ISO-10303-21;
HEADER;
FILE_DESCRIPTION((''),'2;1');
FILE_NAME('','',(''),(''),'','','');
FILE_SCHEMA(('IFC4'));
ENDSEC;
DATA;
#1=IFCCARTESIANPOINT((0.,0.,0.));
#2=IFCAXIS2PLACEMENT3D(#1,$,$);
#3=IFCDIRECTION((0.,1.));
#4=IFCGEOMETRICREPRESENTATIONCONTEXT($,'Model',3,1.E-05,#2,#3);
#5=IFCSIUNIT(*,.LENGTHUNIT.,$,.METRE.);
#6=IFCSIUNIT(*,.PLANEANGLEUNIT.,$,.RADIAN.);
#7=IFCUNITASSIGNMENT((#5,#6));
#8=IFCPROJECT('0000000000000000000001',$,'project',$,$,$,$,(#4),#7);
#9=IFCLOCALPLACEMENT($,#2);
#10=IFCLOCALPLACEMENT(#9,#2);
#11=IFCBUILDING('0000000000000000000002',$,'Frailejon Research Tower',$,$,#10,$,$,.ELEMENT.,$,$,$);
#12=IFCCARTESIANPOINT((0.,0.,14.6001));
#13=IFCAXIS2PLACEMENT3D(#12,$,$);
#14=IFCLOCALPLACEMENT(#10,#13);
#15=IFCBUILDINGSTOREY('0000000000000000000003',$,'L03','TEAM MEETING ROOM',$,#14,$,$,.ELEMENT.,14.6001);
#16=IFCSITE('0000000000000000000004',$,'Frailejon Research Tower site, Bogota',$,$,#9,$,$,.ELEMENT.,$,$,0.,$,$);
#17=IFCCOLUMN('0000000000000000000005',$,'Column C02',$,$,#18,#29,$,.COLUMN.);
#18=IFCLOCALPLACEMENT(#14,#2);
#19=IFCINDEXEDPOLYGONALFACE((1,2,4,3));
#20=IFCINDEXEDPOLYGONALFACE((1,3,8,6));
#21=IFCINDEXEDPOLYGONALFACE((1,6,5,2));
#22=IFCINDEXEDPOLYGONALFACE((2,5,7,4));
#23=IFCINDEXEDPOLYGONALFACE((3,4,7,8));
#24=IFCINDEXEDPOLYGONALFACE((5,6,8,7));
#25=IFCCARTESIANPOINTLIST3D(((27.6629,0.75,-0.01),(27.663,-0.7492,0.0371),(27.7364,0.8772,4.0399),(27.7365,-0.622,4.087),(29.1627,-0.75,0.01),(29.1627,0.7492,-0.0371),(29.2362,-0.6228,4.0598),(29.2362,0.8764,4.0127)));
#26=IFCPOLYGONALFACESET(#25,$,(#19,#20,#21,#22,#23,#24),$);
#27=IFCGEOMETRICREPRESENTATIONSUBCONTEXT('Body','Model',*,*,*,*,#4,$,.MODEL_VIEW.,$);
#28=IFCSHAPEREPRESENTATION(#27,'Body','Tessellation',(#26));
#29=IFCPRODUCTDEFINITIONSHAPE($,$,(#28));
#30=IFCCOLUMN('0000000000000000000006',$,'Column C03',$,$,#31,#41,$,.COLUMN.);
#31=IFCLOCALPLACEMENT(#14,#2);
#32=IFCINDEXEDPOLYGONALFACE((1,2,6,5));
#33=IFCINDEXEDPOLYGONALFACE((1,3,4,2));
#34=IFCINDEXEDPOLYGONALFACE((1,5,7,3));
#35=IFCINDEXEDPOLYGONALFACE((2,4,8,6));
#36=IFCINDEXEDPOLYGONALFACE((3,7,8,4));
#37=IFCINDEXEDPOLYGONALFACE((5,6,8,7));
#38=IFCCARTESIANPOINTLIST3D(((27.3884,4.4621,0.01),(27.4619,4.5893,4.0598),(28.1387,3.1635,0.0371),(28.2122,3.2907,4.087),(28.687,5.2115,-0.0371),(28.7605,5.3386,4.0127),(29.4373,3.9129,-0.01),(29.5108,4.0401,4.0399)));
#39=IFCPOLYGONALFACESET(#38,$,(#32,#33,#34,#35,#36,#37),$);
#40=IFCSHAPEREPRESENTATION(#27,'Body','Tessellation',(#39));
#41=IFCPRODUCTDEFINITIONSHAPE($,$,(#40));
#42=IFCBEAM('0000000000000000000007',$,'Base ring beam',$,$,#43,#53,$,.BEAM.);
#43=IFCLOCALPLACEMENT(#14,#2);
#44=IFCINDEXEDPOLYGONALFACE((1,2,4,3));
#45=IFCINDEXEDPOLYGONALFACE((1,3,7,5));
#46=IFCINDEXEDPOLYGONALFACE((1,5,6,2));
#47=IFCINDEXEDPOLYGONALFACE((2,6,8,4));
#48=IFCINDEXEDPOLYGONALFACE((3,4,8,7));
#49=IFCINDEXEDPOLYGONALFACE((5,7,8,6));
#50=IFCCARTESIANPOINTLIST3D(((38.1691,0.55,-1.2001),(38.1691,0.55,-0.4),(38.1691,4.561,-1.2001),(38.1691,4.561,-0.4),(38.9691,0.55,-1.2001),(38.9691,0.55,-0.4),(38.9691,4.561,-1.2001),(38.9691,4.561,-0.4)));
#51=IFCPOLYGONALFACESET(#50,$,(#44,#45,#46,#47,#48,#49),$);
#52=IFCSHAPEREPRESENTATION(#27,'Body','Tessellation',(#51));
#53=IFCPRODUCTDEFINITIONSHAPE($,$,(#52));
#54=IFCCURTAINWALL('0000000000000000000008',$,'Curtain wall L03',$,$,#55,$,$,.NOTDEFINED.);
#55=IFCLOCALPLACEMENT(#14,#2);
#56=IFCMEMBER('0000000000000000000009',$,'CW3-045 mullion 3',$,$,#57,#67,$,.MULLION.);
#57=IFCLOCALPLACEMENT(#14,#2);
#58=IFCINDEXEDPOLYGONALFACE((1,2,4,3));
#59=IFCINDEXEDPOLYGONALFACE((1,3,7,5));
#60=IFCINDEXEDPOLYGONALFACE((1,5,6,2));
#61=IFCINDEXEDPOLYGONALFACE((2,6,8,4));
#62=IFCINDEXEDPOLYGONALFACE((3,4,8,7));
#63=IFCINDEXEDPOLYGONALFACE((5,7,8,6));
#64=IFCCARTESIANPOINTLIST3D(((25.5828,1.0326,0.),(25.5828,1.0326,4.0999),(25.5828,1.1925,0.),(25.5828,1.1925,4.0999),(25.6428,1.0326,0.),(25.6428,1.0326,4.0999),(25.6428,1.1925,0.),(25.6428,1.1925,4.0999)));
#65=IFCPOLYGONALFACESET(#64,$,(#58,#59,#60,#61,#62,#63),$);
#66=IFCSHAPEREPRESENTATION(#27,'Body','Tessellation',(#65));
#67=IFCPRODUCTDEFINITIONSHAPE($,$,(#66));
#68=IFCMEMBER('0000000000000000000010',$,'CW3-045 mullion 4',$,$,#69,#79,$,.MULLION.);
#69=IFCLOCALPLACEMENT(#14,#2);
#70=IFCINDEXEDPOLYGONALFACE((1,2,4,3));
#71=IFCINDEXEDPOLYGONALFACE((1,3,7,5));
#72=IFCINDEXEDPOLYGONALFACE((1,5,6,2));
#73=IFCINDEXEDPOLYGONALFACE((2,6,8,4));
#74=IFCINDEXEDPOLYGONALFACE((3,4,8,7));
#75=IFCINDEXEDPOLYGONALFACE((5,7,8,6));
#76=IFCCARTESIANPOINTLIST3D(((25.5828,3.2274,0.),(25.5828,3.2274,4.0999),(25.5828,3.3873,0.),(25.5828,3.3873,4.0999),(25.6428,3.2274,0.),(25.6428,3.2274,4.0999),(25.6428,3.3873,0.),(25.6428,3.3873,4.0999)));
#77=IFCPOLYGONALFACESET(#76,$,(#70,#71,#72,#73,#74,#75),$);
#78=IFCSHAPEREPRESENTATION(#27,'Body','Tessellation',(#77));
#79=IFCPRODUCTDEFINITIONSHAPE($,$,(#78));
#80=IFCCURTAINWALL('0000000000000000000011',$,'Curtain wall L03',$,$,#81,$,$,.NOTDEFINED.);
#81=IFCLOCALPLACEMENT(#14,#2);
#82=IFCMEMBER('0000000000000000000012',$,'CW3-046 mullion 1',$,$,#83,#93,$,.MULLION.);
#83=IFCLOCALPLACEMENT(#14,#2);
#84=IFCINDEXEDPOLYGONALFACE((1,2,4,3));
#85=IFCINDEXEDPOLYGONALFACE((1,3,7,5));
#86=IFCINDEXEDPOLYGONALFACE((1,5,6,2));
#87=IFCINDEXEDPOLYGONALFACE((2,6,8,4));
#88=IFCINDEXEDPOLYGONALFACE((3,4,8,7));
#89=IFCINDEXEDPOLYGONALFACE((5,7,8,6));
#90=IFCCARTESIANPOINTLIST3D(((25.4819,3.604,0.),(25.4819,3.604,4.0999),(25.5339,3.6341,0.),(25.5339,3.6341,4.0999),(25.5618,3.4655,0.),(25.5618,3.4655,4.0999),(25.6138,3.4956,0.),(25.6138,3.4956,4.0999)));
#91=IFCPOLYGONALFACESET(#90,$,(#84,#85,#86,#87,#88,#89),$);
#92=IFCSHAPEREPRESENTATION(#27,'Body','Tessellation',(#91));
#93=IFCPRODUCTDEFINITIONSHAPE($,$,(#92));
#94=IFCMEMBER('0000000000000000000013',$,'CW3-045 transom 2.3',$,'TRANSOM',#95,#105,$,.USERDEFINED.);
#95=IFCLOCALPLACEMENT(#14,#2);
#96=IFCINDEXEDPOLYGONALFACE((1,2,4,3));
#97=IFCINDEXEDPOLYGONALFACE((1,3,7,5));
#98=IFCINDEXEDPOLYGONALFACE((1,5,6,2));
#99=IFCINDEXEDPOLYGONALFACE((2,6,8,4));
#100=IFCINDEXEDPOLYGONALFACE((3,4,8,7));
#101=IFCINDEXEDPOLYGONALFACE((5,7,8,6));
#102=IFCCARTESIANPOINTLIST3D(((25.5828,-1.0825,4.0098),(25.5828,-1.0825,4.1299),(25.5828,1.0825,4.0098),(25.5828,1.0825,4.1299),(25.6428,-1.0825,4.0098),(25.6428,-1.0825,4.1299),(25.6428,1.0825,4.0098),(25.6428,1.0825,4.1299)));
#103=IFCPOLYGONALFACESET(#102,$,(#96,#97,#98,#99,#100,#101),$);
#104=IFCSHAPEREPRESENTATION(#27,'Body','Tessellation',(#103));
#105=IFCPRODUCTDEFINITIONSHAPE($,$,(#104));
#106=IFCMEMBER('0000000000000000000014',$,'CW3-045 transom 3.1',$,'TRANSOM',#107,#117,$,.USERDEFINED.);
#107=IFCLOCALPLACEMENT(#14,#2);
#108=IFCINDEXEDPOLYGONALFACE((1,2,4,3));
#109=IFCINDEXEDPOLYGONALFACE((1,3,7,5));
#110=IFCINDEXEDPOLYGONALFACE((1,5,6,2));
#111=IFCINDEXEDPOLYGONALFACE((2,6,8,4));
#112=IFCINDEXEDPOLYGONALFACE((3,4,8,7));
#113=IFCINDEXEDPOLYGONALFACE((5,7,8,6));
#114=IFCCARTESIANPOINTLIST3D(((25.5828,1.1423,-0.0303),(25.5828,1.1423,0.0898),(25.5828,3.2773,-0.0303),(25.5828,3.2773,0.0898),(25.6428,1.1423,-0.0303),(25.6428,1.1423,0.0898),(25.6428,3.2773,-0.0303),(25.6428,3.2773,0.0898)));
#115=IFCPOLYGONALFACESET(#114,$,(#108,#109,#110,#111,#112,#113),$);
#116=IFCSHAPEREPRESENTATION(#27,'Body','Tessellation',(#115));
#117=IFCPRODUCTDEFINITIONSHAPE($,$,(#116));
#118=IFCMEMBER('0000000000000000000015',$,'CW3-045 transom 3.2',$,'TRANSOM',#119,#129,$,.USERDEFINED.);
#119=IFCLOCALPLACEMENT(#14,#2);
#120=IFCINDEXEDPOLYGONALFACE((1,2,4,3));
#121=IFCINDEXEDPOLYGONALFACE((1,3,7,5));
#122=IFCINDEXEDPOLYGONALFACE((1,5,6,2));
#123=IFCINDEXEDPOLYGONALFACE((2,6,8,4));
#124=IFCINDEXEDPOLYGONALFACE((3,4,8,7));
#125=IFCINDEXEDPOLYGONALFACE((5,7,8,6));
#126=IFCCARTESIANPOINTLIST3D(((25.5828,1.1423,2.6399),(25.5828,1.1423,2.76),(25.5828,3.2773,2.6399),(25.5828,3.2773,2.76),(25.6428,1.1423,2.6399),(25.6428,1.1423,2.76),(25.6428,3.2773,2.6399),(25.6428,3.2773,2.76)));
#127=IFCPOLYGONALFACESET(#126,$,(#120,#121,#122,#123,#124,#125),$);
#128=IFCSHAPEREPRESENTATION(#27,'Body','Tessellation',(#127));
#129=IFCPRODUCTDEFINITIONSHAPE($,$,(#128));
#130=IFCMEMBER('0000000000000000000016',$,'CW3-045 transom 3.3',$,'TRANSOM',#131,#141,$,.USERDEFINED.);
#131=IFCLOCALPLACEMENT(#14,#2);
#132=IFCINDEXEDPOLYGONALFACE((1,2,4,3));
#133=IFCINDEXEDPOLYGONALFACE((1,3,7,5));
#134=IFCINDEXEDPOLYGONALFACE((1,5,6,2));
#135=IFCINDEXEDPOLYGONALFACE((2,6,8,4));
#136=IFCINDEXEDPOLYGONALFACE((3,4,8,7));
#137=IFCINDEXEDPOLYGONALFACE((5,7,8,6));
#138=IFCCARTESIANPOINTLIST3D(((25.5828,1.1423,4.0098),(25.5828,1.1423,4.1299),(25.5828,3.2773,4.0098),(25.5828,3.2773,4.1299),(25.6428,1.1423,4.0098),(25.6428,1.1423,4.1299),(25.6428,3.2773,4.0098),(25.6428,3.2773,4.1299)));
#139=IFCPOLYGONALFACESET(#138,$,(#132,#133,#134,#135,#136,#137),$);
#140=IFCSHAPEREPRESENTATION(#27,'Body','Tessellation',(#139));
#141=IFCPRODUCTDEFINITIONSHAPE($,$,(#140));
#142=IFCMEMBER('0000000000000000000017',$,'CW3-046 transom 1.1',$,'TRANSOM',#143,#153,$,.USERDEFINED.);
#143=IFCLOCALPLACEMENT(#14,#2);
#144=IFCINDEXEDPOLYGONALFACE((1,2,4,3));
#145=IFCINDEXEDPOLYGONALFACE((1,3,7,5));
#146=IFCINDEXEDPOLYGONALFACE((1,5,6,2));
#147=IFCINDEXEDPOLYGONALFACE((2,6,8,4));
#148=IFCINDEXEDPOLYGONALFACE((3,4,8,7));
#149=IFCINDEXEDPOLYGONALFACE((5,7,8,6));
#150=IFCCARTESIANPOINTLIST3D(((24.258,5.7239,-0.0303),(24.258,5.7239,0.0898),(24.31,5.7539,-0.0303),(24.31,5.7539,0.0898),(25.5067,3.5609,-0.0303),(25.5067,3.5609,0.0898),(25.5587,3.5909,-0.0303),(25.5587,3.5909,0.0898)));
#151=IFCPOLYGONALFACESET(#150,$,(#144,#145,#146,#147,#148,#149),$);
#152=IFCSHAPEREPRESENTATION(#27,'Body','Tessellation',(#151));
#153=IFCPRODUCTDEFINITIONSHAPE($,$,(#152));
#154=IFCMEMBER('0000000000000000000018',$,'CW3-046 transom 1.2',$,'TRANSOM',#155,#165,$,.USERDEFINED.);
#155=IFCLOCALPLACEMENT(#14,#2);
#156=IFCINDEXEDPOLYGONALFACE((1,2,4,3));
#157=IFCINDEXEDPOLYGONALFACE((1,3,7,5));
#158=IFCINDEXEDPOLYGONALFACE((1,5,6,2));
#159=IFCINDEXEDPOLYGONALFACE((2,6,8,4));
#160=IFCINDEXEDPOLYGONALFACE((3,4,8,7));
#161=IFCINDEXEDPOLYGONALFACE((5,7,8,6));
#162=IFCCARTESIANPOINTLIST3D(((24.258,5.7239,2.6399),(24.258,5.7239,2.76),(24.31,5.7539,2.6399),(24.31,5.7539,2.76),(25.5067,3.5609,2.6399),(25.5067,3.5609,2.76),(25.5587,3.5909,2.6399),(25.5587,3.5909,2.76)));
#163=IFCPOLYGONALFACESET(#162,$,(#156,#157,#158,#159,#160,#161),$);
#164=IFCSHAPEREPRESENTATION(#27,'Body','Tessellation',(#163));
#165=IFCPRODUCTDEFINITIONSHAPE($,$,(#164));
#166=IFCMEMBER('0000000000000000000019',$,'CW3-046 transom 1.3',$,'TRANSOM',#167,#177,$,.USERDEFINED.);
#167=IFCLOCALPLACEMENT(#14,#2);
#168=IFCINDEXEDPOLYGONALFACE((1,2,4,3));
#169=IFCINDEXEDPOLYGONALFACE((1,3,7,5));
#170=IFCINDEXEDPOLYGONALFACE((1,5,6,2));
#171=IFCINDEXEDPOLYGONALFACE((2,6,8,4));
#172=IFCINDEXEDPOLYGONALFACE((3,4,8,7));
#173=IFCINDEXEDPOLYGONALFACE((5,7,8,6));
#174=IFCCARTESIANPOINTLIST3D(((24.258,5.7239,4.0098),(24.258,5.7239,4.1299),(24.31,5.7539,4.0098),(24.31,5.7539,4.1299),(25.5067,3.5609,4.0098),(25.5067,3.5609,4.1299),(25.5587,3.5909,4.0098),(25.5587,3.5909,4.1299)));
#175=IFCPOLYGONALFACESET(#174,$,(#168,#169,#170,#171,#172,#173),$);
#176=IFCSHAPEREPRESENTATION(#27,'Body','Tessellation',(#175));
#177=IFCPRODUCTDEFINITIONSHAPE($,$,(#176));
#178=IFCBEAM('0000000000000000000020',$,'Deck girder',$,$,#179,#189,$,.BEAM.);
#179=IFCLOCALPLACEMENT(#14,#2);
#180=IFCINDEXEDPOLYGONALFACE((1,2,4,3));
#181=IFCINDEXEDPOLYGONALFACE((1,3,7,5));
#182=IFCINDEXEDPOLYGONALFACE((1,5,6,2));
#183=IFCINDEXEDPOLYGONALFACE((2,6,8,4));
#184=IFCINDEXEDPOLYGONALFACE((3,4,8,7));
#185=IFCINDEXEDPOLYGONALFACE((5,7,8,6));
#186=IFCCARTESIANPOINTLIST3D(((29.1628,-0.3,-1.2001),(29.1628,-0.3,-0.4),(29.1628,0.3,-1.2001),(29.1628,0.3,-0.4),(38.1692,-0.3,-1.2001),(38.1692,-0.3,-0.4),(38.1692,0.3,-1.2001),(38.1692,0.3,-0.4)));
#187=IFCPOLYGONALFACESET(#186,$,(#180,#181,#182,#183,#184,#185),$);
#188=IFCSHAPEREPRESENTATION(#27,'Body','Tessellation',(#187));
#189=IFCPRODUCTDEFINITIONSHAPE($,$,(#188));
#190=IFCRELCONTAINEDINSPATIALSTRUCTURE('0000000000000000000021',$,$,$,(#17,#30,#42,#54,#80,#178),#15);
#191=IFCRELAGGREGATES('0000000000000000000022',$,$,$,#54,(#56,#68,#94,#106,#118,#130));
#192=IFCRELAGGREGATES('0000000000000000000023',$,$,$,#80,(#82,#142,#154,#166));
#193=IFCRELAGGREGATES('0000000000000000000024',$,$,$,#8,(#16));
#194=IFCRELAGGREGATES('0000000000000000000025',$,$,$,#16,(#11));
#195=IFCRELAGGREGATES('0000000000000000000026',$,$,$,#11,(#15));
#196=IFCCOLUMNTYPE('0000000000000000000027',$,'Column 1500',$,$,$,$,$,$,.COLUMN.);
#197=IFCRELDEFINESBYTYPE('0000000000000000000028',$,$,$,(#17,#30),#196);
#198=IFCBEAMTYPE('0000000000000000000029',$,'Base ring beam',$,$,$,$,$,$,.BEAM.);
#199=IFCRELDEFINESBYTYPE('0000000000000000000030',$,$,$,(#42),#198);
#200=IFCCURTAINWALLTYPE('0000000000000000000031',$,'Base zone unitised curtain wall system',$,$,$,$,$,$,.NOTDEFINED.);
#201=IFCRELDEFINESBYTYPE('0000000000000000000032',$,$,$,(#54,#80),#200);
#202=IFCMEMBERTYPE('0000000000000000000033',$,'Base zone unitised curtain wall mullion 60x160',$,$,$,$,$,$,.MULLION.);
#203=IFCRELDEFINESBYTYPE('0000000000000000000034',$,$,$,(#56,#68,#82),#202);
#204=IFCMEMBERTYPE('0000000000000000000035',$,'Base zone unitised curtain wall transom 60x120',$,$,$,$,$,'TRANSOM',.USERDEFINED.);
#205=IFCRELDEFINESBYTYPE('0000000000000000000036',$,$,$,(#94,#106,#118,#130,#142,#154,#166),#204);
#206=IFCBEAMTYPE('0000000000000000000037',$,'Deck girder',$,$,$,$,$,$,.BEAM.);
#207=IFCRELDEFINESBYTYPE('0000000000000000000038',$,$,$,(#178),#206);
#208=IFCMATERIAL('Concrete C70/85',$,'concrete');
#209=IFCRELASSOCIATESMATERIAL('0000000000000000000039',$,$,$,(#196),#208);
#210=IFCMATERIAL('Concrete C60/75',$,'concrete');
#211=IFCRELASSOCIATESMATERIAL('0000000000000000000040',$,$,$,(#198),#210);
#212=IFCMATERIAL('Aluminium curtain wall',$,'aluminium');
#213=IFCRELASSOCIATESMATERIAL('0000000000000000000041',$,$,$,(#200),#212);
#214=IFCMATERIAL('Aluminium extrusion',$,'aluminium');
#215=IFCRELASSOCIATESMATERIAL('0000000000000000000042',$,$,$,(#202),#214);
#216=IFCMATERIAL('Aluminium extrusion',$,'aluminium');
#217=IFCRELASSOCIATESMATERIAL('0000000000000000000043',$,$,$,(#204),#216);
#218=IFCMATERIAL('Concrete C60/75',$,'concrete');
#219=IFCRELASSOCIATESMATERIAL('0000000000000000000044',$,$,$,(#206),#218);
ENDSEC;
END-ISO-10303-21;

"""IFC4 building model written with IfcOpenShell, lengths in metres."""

from ifc_helpers import new_model, si_unit, direction, frame, origin, origin_2d, place, context, subcontext, project, spatial, rectangle, extrude, material, material_profile, profile_set, type_object, element, aggregate, save


model = new_model("IFC4")

# Units and contexts
model_context = context("Model", 3, precision=1e-05, world=origin(), true_north=direction((0.0, 1.0)))
body_context = subcontext(model_context, "Body", "Model", "MODEL_VIEW")
ifc_project = project(units=[si_unit("LENGTHUNIT", "METRE"), si_unit("PLANEANGLEUNIT", "RADIAN")], contexts=[model_context])

# Site, building, storey
site_placement = place(None, origin())
site = spatial("IfcSite", under=ifc_project, at=site_placement, Name="Frailejon Research Tower site, Bogota", CompositionType="ELEMENT", RefElevation=0.0)
building_placement = place(site_placement, origin())
building = spatial("IfcBuilding", under=site, at=building_placement, Name="Frailejon Research Tower", CompositionType="ELEMENT")
storey_placement = place(building_placement, frame((0.0, 0.0, 14.6001)))
storey = spatial("IfcBuildingStorey", under=building, at=storey_placement, Name="L03", Description="TEAM MEETING ROOM", CompositionType="ELEMENT", Elevation=14.6001)

# Columns
ifc_material_1 = material(Name="Concrete C70/85", Category="concrete")
ifc_material_profile_1 = material_profile(ifc_material_1, rectangle(XDim=1.5, YDim=1.5, at=origin_2d()), Name="Column 1500")
ifc_profile_set_1 = profile_set([ifc_material_profile_1], Name="Concrete C70/85")
column_type = type_object("IfcColumnType", Name="Column 1500", PredefinedType="COLUMN", material=ifc_profile_set_1)
for number, where, z_axis, x_axis, name in (
    (1, (28.4128, 0.0, 0.0), (0.018134, 0.031388, 0.999343), (-0.000022, 0.999507, -0.031392), "Column C02"),
    (2, (28.4128, 4.1875, 0.0), (0.018134, 0.031388, 0.999343), (-0.500209, 0.865715, -0.018114), "Column C03"),
):
    element("IfcColumn", number, at=place(storey_placement, frame(where, z_axis=z_axis, x_axis=x_axis)), inside=storey, type_object=column_type, Name=name, PredefinedType="COLUMN", context=body_context, shape_type="SweptSolid", body=[
        extrude(rectangle(XDim=1.5, YDim=1.5, at=origin_2d()), origin(), (0.0, 0.0, 1.0), 4.0525),
    ])

# Beam
ifc_material_2 = material(Name="Concrete C60/75", Category="concrete")
ifc_material_profile_2 = material_profile(ifc_material_2, rectangle(XDim=0.8, YDim=0.8, at=origin_2d()), Name="Base ring beam")
ifc_profile_set_2 = profile_set([ifc_material_profile_2], Name="Concrete C60/75")
beam_type_1 = type_object("IfcBeamType", Name="Base ring beam", PredefinedType="BEAM", material=ifc_profile_set_2)
beam_1_placement = place(storey_placement, frame((38.5691, 0.55, -0.8), z_axis=(0.0, 1.0, 0.0), x_axis=(-1.0, 0.0, 0.0)))
element("IfcBeam", 3, at=beam_1_placement, inside=storey, type_object=beam_type_1, Name="Base ring beam", PredefinedType="BEAM", context=body_context, shape_type="SweptSolid", body=[
    extrude(rectangle(XDim=0.8, YDim=0.8, at=origin_2d()), origin(), (0.0, 0.0, 1.0), 4.011),
])

# Curtain wall, members
ifc_material_3 = material(Name="Aluminium curtain wall", Category="aluminium")
curtain_wall_type = type_object("IfcCurtainWallType", Name="Base zone unitised curtain wall system", PredefinedType="NOTDEFINED", material=ifc_material_3)
curtain_wall_1_placement = place(storey_placement, origin())
curtain_wall_1 = element("IfcCurtainWall", 4, at=curtain_wall_1_placement, inside=storey, type_object=curtain_wall_type, Name="Curtain wall L03", PredefinedType="NOTDEFINED")
ifc_material_4 = material(Name="Aluminium extrusion", Category="aluminium")
ifc_material_profile_3 = material_profile(ifc_material_4, rectangle(XDim=0.0601, YDim=0.1599, at=origin_2d()), Name="Base zone unitised curtain wall mullion 60x160")
ifc_profile_set_3 = profile_set([ifc_material_profile_3], Name="Aluminium extrusion")
member_type_1 = type_object("IfcMemberType", Name="Base zone unitised curtain wall mullion 60x160", PredefinedType="MULLION", material=ifc_profile_set_3)
member_1_placement = place(storey_placement, frame((25.6128, 1.1125, 0.0), z_axis=(0.0, 0.0, 1.0), x_axis=(-1.0, 0.0, 0.0)))
member_1 = element("IfcMember", 5, at=member_1_placement, type_object=member_type_1, Name="CW3-045 mullion 3", PredefinedType="MULLION", context=body_context, shape_type="SweptSolid", body=[
    extrude(rectangle(XDim=0.0601, YDim=0.1599, at=origin_2d()), origin(), (0.0, 0.0, 1.0), 4.0999),
])
member_2_placement = place(storey_placement, frame((25.6128, 3.3074, 0.0), z_axis=(0.0, 0.0, 1.0), x_axis=(-1.0, 0.0, 0.0)))
member_2 = element("IfcMember", 6, at=member_2_placement, type_object=member_type_1, Name="CW3-045 mullion 4", PredefinedType="MULLION", context=body_context, shape_type="SweptSolid", body=[
    extrude(rectangle(XDim=0.0601, YDim=0.1599, at=origin_2d()), origin(), (0.0, 0.0, 1.0), 4.0999),
])

# Curtain wall, member
curtain_wall_2_placement = place(storey_placement, origin())
curtain_wall_2 = element("IfcCurtainWall", 7, at=curtain_wall_2_placement, inside=storey, type_object=curtain_wall_type, Name="Curtain wall L03", PredefinedType="NOTDEFINED")
member_3_placement = place(storey_placement, frame((25.5479, 3.5498, 0.0), z_axis=(0.0, 0.0, 1.0), x_axis=(-0.866029, -0.499993, 0.0)))
member_3 = element("IfcMember", 8, at=member_3_placement, type_object=member_type_1, Name="CW3-046 mullion 1", PredefinedType="MULLION", context=body_context, shape_type="SweptSolid", body=[
    extrude(rectangle(XDim=0.0601, YDim=0.1599, at=origin_2d()), origin(), (0.0, 0.0, 1.0), 4.0999),
])

# Members
ifc_material_5 = material(Name="Aluminium extrusion", Category="aluminium")
ifc_material_profile_4 = material_profile(ifc_material_5, rectangle(XDim=0.0601, YDim=0.1201, at=origin_2d()), Name="Base zone unitised curtain wall transom 60x120")
ifc_profile_set_4 = profile_set([ifc_material_profile_4], Name="Aluminium extrusion")
member_type_2 = type_object("IfcMemberType", Name="Base zone unitised curtain wall transom 60x120", ElementType="TRANSOM", PredefinedType="USERDEFINED", material=ifc_profile_set_4)
member_4_placement = place(storey_placement, frame((25.6128, -1.0825, 4.0698), z_axis=(0.0, 1.0, 0.0), x_axis=(-1.0, 0.0, 0.0)))
member_4 = element("IfcMember", 9, at=member_4_placement, type_object=member_type_2, Name="CW3-045 transom 2.3", ObjectType="TRANSOM", PredefinedType="USERDEFINED", context=body_context, shape_type="SweptSolid", body=[
    extrude(rectangle(XDim=0.0601, YDim=0.1201, at=origin_2d()), origin(), (0.0, 0.0, 1.0), 2.165),
])
member_5_placement = place(storey_placement, frame((25.6128, 1.1423, 0.0298), z_axis=(0.0, 1.0, 0.0), x_axis=(-1.0, 0.0, 0.0)))
member_5 = element("IfcMember", 10, at=member_5_placement, type_object=member_type_2, Name="CW3-045 transom 3.1", ObjectType="TRANSOM", PredefinedType="USERDEFINED", context=body_context, shape_type="SweptSolid", body=[
    extrude(rectangle(XDim=0.0601, YDim=0.1201, at=origin_2d()), origin(), (0.0, 0.0, 1.0), 2.135),
])
member_6_placement = place(storey_placement, frame((25.6128, 1.1423, 2.7), z_axis=(0.0, 1.0, 0.0), x_axis=(-1.0, 0.0, 0.0)))
member_6 = element("IfcMember", 11, at=member_6_placement, type_object=member_type_2, Name="CW3-045 transom 3.2", ObjectType="TRANSOM", PredefinedType="USERDEFINED", context=body_context, shape_type="SweptSolid", body=[
    extrude(rectangle(XDim=0.0601, YDim=0.1201, at=origin_2d()), origin(), (0.0, 0.0, 1.0), 2.135),
])
member_7_placement = place(storey_placement, frame((25.6128, 1.1423, 4.0698), z_axis=(0.0, 1.0, 0.0), x_axis=(-1.0, 0.0, 0.0)))
member_7 = element("IfcMember", 12, at=member_7_placement, type_object=member_type_2, Name="CW3-045 transom 3.3", ObjectType="TRANSOM", PredefinedType="USERDEFINED", context=body_context, shape_type="SweptSolid", body=[
    extrude(rectangle(XDim=0.0601, YDim=0.1201, at=origin_2d()), origin(), (0.0, 0.0, 1.0), 2.135),
])
member_8_placement = place(storey_placement, frame((25.5327, 3.5759, 0.0298), z_axis=(-0.499976, 0.866039, 0.0), x_axis=(-0.866039, -0.499976, 0.0)))
member_8 = element("IfcMember", 13, at=member_8_placement, type_object=member_type_2, Name="CW3-046 transom 1.1", ObjectType="TRANSOM", PredefinedType="USERDEFINED", context=body_context, shape_type="SweptSolid", body=[
    extrude(rectangle(XDim=0.0601, YDim=0.1201, at=origin_2d()), origin(), (0.0, 0.0, 1.0), 2.4976),
])
member_9_placement = place(storey_placement, frame((25.5327, 3.5759, 2.7), z_axis=(-0.499976, 0.866039, 0.0), x_axis=(-0.866039, -0.499976, 0.0)))
member_9 = element("IfcMember", 14, at=member_9_placement, type_object=member_type_2, Name="CW3-046 transom 1.2", ObjectType="TRANSOM", PredefinedType="USERDEFINED", context=body_context, shape_type="SweptSolid", body=[
    extrude(rectangle(XDim=0.0601, YDim=0.1201, at=origin_2d()), origin(), (0.0, 0.0, 1.0), 2.4976),
])
member_10_placement = place(storey_placement, frame((25.5327, 3.5759, 4.0698), z_axis=(-0.499976, 0.866039, 0.0), x_axis=(-0.866039, -0.499976, 0.0)))
member_10 = element("IfcMember", 15, at=member_10_placement, type_object=member_type_2, Name="CW3-046 transom 1.3", ObjectType="TRANSOM", PredefinedType="USERDEFINED", context=body_context, shape_type="SweptSolid", body=[
    extrude(rectangle(XDim=0.0601, YDim=0.1201, at=origin_2d()), origin(), (0.0, 0.0, 1.0), 2.4976),
])

# Beam
ifc_material_6 = material(Name="Concrete C60/75", Category="concrete")
ifc_material_profile_5 = material_profile(ifc_material_6, rectangle(XDim=0.6001, YDim=0.8, at=origin_2d()), Name="Deck girder")
ifc_profile_set_5 = profile_set([ifc_material_profile_5], Name="Concrete C60/75")
beam_type_2 = type_object("IfcBeamType", Name="Deck girder", PredefinedType="BEAM", material=ifc_profile_set_5)
beam_2_placement = place(storey_placement, frame((29.1628, 0.0, -0.8), z_axis=(1.0, 0.0, 0.0), x_axis=(0.0, 1.0, 0.0)))
element("IfcBeam", 16, at=beam_2_placement, inside=storey, type_object=beam_type_2, Name="Deck girder", PredefinedType="BEAM", context=body_context, shape_type="SweptSolid", body=[
    extrude(rectangle(XDim=0.6001, YDim=0.8, at=origin_2d()), origin(), (0.0, 0.0, 1.0), 9.0063),
])

aggregate(curtain_wall_1, [member_1, member_2, member_4, member_5, member_6, member_7])
aggregate(curtain_wall_2, [member_3, member_8, member_9, member_10])

save(model, "model.ifc")
